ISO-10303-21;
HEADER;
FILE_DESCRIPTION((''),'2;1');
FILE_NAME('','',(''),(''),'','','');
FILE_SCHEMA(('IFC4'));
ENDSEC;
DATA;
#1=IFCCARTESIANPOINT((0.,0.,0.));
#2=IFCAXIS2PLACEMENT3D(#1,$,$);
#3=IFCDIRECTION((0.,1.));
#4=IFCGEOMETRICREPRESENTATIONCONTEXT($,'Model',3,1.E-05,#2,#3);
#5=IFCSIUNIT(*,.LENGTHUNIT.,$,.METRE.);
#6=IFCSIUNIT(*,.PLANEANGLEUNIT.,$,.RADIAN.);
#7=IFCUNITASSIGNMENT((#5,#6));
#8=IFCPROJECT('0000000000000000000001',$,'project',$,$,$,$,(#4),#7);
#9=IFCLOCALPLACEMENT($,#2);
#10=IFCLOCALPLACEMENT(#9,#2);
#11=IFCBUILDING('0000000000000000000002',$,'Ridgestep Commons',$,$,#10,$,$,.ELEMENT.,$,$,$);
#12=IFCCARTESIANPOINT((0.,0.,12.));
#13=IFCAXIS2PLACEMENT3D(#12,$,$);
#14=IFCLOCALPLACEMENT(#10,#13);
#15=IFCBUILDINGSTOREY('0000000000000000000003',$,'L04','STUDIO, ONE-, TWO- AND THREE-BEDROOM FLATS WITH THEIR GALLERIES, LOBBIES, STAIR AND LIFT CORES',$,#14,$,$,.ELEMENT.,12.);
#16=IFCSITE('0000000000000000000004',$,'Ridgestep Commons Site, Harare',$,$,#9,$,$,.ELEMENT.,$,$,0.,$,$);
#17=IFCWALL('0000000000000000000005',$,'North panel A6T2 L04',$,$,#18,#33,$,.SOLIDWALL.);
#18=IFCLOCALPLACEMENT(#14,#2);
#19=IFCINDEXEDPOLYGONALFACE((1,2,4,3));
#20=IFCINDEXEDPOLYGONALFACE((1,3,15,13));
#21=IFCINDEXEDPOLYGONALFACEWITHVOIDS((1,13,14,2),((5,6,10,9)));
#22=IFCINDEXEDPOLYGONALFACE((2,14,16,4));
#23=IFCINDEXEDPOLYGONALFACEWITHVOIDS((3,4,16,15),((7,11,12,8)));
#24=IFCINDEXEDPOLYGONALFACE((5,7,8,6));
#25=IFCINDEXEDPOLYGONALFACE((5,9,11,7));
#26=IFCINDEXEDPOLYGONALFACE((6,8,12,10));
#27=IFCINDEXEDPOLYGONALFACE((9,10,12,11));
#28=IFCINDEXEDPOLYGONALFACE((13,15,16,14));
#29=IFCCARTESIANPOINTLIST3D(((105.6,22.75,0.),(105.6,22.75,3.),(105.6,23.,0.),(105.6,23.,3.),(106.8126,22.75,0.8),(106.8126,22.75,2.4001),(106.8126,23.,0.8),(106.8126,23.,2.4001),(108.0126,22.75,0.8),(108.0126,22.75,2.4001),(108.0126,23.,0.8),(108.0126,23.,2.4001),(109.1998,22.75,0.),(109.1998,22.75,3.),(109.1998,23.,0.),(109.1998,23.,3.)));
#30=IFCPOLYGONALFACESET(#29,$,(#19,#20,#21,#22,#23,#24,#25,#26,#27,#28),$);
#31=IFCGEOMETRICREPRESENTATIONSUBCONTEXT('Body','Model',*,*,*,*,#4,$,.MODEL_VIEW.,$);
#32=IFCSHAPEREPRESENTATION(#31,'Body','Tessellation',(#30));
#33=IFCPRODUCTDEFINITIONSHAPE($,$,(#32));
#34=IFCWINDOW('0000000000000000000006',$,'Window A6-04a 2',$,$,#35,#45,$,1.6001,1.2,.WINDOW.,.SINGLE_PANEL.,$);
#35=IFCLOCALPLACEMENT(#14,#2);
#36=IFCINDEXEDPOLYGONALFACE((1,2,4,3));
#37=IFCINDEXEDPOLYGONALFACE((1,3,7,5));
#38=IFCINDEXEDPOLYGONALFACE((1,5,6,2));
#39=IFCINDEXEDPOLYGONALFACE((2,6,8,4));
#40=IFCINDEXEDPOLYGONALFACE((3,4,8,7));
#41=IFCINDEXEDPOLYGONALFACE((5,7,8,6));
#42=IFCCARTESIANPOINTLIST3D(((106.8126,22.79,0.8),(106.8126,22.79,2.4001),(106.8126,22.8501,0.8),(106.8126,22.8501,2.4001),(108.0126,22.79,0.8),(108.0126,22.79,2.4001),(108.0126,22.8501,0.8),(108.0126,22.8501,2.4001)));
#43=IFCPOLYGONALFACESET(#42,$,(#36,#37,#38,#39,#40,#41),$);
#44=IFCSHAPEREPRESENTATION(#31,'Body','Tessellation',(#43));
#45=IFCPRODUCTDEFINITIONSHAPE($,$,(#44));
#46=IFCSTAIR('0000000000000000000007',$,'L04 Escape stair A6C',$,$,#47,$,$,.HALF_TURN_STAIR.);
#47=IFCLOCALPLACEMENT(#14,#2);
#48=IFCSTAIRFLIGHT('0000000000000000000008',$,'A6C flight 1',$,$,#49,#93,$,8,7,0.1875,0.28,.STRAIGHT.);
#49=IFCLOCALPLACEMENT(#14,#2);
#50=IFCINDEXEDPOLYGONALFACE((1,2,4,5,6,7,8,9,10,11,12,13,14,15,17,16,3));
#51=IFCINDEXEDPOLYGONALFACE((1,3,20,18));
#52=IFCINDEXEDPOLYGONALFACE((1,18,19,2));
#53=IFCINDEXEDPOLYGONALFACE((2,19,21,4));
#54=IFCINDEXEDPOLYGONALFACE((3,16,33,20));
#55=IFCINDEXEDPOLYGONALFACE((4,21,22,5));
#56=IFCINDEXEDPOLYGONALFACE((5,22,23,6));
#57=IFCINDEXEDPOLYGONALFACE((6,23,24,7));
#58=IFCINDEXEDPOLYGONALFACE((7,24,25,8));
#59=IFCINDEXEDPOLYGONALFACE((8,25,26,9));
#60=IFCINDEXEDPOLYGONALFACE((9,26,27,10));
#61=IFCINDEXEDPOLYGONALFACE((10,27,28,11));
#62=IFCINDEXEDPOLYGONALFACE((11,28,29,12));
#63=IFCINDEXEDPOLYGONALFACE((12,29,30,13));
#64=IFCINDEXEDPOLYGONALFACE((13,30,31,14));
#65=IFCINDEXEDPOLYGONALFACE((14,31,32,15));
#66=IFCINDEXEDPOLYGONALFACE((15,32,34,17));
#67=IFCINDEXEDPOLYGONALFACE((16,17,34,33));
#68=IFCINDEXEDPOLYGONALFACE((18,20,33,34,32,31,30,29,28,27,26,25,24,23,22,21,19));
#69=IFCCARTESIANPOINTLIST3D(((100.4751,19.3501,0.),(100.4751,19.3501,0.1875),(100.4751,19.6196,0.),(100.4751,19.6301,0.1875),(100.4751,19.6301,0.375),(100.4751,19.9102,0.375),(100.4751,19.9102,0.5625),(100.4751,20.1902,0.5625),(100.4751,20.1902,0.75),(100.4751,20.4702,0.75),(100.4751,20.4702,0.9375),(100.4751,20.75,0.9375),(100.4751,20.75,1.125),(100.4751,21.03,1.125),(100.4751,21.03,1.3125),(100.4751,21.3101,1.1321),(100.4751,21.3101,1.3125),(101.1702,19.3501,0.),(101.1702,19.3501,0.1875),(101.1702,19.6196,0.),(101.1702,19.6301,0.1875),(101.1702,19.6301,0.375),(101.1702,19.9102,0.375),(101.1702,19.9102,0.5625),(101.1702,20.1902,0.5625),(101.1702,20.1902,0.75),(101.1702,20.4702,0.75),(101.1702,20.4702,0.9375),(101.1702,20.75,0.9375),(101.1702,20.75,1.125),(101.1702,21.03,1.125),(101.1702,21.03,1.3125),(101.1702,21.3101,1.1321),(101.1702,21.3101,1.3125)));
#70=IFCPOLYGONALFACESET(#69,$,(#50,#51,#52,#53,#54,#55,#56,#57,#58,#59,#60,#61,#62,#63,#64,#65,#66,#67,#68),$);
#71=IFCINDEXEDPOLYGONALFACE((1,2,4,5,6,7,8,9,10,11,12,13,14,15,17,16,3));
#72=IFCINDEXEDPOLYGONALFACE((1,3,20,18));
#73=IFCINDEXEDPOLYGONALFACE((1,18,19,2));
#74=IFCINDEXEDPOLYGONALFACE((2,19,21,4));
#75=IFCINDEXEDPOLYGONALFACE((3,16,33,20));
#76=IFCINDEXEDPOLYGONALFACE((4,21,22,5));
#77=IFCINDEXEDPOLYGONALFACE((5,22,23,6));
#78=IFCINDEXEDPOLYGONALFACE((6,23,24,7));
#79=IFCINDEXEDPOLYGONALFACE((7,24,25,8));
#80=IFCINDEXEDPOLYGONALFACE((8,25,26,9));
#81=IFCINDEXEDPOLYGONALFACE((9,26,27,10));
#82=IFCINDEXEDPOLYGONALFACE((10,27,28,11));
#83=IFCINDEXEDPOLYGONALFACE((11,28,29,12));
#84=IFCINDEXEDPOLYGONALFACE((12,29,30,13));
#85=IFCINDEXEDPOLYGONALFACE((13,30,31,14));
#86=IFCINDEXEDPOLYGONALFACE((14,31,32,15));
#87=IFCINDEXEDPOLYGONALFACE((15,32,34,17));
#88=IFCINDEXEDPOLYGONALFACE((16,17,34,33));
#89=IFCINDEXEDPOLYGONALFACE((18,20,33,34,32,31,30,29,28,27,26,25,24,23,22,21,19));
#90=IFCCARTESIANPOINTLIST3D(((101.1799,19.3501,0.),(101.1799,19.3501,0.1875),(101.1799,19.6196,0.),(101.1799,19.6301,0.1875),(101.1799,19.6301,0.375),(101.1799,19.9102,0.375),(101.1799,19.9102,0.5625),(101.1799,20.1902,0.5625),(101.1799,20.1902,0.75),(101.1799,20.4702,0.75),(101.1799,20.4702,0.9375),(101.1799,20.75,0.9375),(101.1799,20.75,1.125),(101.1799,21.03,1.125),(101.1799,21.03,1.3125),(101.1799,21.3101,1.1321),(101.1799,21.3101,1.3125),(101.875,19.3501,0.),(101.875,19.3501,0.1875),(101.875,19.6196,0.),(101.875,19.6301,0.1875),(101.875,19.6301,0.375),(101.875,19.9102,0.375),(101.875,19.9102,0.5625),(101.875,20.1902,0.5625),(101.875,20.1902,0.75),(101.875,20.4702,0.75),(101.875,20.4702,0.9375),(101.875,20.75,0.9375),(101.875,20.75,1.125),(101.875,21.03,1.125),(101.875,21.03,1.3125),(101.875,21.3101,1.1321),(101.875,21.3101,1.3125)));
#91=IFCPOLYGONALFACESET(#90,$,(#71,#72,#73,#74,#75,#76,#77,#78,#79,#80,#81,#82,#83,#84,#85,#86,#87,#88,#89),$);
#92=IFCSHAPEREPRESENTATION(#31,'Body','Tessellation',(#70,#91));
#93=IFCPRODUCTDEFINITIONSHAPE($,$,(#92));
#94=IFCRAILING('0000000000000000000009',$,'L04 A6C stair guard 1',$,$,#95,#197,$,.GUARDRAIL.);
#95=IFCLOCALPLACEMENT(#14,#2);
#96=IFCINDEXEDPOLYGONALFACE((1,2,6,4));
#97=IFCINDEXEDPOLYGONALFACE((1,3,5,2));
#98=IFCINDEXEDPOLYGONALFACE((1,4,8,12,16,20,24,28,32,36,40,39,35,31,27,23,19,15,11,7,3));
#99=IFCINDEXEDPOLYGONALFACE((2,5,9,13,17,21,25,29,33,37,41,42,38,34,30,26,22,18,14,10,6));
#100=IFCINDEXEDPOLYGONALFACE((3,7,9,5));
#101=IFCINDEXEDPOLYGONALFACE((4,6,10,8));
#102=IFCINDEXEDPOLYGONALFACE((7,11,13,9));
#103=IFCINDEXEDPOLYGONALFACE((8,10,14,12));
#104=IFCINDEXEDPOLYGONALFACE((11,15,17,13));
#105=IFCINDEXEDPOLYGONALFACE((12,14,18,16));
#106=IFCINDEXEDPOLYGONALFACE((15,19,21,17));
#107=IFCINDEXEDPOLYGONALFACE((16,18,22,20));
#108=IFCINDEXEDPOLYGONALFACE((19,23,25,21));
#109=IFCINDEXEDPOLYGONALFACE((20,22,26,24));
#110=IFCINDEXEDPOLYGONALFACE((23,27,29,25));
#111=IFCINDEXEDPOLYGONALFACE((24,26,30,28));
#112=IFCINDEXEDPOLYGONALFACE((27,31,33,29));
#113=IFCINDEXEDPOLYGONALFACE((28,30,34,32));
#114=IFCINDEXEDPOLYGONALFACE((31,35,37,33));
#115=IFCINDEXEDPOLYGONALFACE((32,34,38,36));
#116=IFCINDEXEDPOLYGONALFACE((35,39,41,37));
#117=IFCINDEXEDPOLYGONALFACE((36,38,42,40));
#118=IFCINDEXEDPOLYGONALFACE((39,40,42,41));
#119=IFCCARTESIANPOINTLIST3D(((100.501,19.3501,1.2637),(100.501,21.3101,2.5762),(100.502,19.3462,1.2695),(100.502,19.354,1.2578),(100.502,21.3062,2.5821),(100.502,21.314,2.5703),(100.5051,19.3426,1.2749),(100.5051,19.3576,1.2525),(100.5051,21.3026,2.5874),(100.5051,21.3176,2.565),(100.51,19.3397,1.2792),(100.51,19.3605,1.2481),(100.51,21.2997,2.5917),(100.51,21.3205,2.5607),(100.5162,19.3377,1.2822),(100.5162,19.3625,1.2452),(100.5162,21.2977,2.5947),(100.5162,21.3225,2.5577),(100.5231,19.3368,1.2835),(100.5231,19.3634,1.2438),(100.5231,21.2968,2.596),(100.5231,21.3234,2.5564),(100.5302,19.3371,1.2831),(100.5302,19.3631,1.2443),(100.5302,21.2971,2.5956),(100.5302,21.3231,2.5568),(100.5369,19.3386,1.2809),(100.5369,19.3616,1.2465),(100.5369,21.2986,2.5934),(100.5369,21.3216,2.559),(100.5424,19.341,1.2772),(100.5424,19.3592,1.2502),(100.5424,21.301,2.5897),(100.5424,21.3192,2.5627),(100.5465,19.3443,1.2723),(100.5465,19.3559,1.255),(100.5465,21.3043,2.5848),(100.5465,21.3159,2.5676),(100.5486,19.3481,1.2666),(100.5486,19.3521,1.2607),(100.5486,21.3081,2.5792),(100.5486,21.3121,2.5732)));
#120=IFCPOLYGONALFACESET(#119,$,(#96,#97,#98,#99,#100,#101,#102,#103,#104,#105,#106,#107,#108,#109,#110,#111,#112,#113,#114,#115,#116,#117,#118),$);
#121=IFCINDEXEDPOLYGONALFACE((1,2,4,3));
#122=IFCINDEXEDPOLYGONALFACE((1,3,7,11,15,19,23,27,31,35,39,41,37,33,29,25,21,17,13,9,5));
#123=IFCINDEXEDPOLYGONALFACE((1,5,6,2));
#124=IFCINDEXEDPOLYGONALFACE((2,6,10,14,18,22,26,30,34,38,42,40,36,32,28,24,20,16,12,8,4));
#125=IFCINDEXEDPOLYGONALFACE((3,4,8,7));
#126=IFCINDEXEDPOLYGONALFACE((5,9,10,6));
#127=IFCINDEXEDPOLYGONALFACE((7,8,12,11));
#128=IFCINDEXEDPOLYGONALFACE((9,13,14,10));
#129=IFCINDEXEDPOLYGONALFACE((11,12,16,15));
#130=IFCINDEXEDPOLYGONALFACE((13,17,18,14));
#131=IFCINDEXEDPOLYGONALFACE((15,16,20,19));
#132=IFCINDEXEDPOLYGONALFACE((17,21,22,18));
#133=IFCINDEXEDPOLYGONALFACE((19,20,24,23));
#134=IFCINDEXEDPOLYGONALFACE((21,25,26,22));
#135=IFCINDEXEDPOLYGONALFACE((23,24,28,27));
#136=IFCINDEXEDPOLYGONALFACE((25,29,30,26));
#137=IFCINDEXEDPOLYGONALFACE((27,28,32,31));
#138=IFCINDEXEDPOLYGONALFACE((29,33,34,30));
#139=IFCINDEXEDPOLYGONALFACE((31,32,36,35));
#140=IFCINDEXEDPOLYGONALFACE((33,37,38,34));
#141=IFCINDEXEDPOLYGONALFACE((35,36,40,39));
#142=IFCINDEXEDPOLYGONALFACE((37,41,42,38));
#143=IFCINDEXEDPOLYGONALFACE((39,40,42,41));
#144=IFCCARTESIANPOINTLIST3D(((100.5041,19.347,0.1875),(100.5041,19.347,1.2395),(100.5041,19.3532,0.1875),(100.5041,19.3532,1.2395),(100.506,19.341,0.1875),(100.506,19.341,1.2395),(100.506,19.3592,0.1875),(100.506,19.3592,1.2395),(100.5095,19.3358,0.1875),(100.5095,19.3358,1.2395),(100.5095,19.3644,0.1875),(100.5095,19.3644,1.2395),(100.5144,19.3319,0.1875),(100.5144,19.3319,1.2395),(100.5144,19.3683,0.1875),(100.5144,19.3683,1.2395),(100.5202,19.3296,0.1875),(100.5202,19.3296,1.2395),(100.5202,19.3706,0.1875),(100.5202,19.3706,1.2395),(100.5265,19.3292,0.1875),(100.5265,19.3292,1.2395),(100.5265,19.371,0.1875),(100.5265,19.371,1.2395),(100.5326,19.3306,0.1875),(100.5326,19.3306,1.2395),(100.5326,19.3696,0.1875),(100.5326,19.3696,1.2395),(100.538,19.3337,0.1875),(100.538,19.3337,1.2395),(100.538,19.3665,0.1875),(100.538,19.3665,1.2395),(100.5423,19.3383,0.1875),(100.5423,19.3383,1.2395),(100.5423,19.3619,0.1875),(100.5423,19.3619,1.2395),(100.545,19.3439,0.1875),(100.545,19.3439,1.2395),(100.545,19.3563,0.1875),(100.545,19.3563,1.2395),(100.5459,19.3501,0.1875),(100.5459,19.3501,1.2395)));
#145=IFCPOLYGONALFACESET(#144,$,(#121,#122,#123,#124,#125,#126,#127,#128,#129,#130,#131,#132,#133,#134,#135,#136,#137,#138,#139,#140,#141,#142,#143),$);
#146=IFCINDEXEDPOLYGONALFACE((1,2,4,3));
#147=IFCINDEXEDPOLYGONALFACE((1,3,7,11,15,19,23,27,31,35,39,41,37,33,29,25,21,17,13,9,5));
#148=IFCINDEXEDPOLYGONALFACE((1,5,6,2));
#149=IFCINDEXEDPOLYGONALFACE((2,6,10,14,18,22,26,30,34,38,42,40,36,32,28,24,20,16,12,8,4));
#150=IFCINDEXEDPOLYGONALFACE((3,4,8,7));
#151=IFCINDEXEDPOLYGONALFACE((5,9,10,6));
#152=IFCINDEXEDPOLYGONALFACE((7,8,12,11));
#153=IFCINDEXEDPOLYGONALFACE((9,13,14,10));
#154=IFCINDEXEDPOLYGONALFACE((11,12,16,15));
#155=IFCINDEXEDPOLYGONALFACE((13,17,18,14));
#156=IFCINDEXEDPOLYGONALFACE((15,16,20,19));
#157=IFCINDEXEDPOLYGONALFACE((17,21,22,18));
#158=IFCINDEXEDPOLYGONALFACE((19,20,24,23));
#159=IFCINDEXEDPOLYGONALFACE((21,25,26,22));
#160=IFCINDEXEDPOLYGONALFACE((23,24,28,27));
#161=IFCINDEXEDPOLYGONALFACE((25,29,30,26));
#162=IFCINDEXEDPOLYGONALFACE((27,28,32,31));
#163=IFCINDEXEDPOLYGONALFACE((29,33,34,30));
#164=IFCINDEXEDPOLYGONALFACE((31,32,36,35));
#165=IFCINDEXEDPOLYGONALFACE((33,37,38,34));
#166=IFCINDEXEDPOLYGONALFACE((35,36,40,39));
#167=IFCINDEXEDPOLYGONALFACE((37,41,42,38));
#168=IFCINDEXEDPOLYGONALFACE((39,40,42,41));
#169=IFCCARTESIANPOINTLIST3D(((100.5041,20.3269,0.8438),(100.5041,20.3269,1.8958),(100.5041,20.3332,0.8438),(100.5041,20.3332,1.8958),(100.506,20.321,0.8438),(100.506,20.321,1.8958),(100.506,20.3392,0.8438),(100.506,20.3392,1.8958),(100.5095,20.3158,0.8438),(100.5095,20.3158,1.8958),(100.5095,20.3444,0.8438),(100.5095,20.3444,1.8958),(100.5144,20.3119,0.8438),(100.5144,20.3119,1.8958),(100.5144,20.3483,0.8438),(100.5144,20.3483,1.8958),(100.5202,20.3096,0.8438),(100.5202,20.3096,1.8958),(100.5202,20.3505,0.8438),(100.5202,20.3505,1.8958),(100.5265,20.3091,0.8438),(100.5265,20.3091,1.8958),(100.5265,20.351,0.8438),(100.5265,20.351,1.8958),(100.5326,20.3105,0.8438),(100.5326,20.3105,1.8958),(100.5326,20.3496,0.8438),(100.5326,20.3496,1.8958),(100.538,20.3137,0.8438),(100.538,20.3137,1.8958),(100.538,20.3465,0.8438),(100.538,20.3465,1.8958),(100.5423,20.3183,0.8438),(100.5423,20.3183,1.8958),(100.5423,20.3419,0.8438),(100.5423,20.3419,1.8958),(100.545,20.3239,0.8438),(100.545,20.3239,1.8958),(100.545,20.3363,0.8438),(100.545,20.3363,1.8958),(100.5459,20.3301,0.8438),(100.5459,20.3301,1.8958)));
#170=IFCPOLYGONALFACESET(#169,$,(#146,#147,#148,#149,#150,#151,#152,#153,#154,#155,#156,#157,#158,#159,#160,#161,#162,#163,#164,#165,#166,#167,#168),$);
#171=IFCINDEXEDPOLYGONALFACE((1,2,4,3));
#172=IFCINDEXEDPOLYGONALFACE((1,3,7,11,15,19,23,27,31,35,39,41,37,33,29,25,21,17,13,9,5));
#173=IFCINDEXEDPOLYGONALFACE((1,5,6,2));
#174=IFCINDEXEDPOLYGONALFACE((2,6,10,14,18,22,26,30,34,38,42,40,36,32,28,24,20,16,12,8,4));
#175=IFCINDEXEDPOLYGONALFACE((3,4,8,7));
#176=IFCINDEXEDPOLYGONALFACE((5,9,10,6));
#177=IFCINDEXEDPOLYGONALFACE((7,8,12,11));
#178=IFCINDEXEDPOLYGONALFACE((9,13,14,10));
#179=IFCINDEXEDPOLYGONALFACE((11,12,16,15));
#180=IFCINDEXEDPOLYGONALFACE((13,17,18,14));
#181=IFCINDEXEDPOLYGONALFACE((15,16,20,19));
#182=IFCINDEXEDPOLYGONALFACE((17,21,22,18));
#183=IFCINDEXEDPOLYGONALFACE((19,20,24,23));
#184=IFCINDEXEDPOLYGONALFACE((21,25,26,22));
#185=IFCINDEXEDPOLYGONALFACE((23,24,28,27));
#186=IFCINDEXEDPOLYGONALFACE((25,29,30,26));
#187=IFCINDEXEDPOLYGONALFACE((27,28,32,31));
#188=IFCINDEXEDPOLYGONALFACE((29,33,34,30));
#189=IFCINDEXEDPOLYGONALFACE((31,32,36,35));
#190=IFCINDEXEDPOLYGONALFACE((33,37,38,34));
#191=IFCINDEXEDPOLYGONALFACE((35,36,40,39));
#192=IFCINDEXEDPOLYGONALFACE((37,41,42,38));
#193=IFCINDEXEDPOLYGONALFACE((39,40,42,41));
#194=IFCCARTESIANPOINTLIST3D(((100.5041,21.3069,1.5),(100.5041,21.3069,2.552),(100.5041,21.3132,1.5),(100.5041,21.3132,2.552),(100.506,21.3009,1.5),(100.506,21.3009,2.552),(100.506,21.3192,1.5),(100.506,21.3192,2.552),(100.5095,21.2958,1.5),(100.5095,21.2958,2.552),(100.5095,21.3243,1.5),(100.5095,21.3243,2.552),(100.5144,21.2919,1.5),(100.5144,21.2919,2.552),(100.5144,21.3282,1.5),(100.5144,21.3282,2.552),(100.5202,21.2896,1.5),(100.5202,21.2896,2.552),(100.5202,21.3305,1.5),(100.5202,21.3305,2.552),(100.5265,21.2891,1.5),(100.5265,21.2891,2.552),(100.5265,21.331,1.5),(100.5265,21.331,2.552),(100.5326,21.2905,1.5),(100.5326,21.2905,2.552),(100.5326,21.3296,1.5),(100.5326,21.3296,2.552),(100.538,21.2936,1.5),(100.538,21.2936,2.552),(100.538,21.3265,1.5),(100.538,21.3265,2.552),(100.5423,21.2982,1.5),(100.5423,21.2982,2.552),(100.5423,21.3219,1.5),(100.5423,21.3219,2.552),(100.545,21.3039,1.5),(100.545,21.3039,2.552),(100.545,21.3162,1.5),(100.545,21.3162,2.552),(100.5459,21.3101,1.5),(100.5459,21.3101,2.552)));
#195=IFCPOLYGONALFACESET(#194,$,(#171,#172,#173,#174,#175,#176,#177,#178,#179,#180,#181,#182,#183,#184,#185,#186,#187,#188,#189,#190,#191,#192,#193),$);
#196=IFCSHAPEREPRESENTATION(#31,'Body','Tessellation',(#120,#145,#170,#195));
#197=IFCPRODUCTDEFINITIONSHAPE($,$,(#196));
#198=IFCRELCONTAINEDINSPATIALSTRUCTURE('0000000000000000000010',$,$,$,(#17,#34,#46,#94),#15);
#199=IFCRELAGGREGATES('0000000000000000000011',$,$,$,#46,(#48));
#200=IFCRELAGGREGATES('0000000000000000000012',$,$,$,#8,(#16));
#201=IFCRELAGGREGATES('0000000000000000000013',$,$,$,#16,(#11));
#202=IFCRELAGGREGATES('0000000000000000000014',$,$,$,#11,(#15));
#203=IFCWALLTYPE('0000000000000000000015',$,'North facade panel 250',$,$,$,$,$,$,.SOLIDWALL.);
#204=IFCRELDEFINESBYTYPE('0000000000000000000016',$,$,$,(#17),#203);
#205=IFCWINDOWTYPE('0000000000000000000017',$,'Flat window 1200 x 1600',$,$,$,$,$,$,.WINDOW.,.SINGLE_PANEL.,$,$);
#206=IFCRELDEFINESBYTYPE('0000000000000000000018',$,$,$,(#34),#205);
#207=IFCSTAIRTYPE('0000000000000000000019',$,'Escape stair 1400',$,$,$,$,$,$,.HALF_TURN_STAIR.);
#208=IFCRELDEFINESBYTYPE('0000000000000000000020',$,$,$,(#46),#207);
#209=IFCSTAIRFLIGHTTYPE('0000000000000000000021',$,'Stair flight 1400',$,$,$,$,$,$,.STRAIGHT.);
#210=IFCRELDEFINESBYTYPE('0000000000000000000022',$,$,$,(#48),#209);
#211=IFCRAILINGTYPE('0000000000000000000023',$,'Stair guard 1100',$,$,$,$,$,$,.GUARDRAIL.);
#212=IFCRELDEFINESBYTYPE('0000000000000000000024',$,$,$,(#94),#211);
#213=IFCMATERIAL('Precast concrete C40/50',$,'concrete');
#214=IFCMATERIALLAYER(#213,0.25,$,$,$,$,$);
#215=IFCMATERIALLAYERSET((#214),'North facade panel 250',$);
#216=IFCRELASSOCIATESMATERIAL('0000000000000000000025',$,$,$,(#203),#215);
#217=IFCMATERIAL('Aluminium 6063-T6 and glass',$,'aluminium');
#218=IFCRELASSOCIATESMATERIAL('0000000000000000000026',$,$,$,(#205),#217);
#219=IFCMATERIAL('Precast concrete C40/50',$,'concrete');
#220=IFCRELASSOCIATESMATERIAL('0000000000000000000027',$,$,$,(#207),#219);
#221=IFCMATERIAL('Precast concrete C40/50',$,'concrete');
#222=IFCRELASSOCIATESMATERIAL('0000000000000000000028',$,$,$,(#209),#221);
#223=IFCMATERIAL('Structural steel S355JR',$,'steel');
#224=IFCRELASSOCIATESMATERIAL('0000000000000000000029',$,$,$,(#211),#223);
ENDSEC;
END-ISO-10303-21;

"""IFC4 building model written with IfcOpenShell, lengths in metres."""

from ifc_helpers import new_model, si_unit, direction, frame, frame_2d, origin, origin_2d, place, context, subcontext, project, spatial, polyline, rectangle, circle, outline, extrude, material, layer, layer_set, type_object, element, fill, aggregate, save


model = new_model("IFC4")

# Units and contexts
model_context = context("Model", 3, precision=1e-05, world=origin(), true_north=direction((0.0, 1.0)))
body_context = subcontext(model_context, "Body", "Model", "MODEL_VIEW")
ifc_project = project(units=[si_unit("LENGTHUNIT", "METRE"), si_unit("PLANEANGLEUNIT", "RADIAN")], contexts=[model_context])

# Site, building, storey
site_placement = place(None, origin())
site = spatial("IfcSite", under=ifc_project, at=site_placement, Name="Ridgestep Commons Site, Harare", CompositionType="ELEMENT", RefElevation=0.0)
building_placement = place(site_placement, origin())
building = spatial("IfcBuilding", under=site, at=building_placement, Name="Ridgestep Commons", CompositionType="ELEMENT")
storey_placement = place(building_placement, frame((0.0, 0.0, 12.0)))
storey = spatial("IfcBuildingStorey", under=building, at=storey_placement, Name="L04", Description="STUDIO, ONE-, TWO- AND THREE-BEDROOM FLATS WITH THEIR GALLERIES, LOBBIES, STAIR AND LIFT CORES", CompositionType="ELEMENT", Elevation=12.0)

# Shared definitions
ifc_material_1 = material(Name="Precast concrete C40/50", Category="concrete")
ifc_layer_1 = layer(ifc_material_1, 0.25)
ifc_layer_set_1 = layer_set([ifc_layer_1], Name="North facade panel 250")
wall_type = type_object("IfcWallType", Name="North facade panel 250", PredefinedType="SOLIDWALL", material=ifc_layer_set_1)
ifc_material_2 = material(Name="Aluminium 6063-T6 and glass", Category="aluminium")
window_type = type_object("IfcWindowType", Name="Flat window 1200 x 1600", PartitioningType="SINGLE_PANEL", PredefinedType="WINDOW", material=ifc_material_2)

# Wall, opening, window
wall_1_placement = place(storey_placement, frame((105.6001, 22.875, 0.0), z_axis=(0.0, 0.0, 1.0), x_axis=(1.0, 0.0, 0.0)))
wall_1 = element("IfcWall", 1, at=wall_1_placement, inside=storey, type_object=wall_type, Name="North panel A6T2 L04", PredefinedType="SOLIDWALL", context=body_context, shape_type="SweptSolid", body=[
    extrude(rectangle(XDim=3.5999, YDim=0.25, at=frame_2d((1.7998, 0.0))), origin(), (0.0, 0.0, 1.0), 3.0),
])
opening_1_placement = place(wall_1_placement, frame((1.2124, 0.0, 0.8)))
opening_1 = element("IfcOpeningElement", 2, at=opening_1_placement, cuts=wall_1, PredefinedType="OPENING", context=body_context, shape_type="SweptSolid", body=[
    extrude(rectangle(XDim=1.2, YDim=1.6001, at=frame_2d((0.6001, 0.8))), frame((0.0, 0.135, 0.0), z_axis=(0.0, -1.0, 0.0), x_axis=(1.0, 0.0, 0.0)), (0.0, 0.0, 1.0), 0.27),
])
window_1_placement = place(opening_1_placement, origin())
window_1 = element("IfcWindow", 3, at=window_1_placement, inside=storey, type_object=window_type, Name="Window A6-04a 2", OverallHeight=1.6001, OverallWidth=1.2, PartitioningType="SINGLE_PANEL", PredefinedType="WINDOW", context=body_context, shape_type="SweptSolid", body=[
    extrude(rectangle(XDim=1.2, YDim=1.6001, at=frame_2d((0.6001, 0.8))), frame((0.0, -0.0249, 0.0), z_axis=(0.0, -1.0, 0.0), x_axis=(1.0, 0.0, 0.0)), (0.0, 0.0, 1.0), 0.0601),
])
fill(opening_1, window_1)

# Stair, stair flight
ifc_material_3 = material(Name="Precast concrete C40/50", Category="concrete")
stair_type = type_object("IfcStairType", Name="Escape stair 1400", PredefinedType="HALF_TURN_STAIR", material=ifc_material_3)
stair_placement = place(storey_placement, origin())
stair = element("IfcStair", 4, at=stair_placement, inside=storey, type_object=stair_type, Name="L04 Escape stair A6C", PredefinedType="HALF_TURN_STAIR")
ifc_material_4 = material(Name="Precast concrete C40/50", Category="concrete")
stair_flight_type = type_object("IfcStairFlightType", Name="Stair flight 1400", PredefinedType="STRAIGHT", material=ifc_material_4)
stair_flight_placement = place(storey_placement, frame((101.175, 19.3501, 0.0), z_axis=(0.0, 0.0, 1.0), x_axis=(0.0, 1.0, 0.0)))
stair_flight = element("IfcStairFlight", 5, at=stair_flight_placement, type_object=stair_flight_type, Name="A6C flight 1", NumberOfRisers=8, NumberOfTreads=7, PredefinedType="STRAIGHT", RiserHeight=0.1875, TreadLength=0.28, context=body_context, shape_type="SweptSolid", body=[
    extrude(outline(polyline([(0.0, 0.0), (0.0, 0.1875), (0.28, 0.1875), (0.28, 0.375), (0.5601, 0.375), (0.5601, 0.5625), (0.8401, 0.5625), (0.8401, 0.75), (1.1201, 0.75), (1.1201, 0.9375), (1.3999, 0.9375), (1.3999, 1.125), (1.6799, 1.125), (1.6799, 1.3125), (1.96, 1.3125), (1.96, 1.5), (1.96, 1.1321), (0.2695, 0.0), (0.0, 0.0)])), frame((0.0, 0.7, 0.0), z_axis=(0.0, -1.0, 0.0), x_axis=(1.0, 0.0, 0.0)), (0.0, 0.0, 1.0), 0.6951),
    extrude(outline(polyline([(0.0, 0.0), (0.0, 0.1875), (0.28, 0.1875), (0.28, 0.375), (0.5601, 0.375), (0.5601, 0.5625), (0.8401, 0.5625), (0.8401, 0.75), (1.1201, 0.75), (1.1201, 0.9375), (1.3999, 0.9375), (1.3999, 1.125), (1.6799, 1.125), (1.6799, 1.3125), (1.96, 1.3125), (1.96, 1.5), (1.96, 1.1321), (0.2695, 0.0), (0.0, 0.0)])), frame((0.0, -0.0049, 0.0), z_axis=(0.0, -1.0, 0.0), x_axis=(1.0, 0.0, 0.0)), (0.0, 0.0, 1.0), 0.6951),
])
aggregate(stair, [stair_flight])

# Railing
ifc_material_5 = material(Name="Structural steel S355JR", Category="steel")
railing_type_1 = type_object("IfcRailingType", Name="Stair guard 1100", PredefinedType="GUARDRAIL", material=ifc_material_5)
railing_1_placement = place(storey_placement, frame((100.5249, 19.3501, 0.1875)))
element("IfcRailing", 6, at=railing_1_placement, inside=storey, type_object=railing_type_1, Name="L04 A6C stair guard 1", PredefinedType="GUARDRAIL", context=body_context, shape_type="SweptSolid", body=[
    extrude(circle(Radius=0.0239, at=origin_2d()), frame((0.0, 0.0, 1.0762), z_axis=(0.0, 0.830902, 0.556419), x_axis=(-1.0, 0.0, 0.0)), (0.0, 0.0, 1.0), 2.3589),
    extrude(circle(Radius=0.021, at=origin_2d()), origin(), (0.0, 0.0, 1.0), 1.052),
    extrude(circle(Radius=0.021, at=origin_2d()), frame((0.0, 0.98, 0.6562)), (0.0, 0.0, 1.0), 1.052),
    extrude(circle(Radius=0.021, at=origin_2d()), frame((0.0, 1.96, 1.3125)), (0.0, 0.0, 1.0), 1.052),
])

save(model, "model.ifc")
